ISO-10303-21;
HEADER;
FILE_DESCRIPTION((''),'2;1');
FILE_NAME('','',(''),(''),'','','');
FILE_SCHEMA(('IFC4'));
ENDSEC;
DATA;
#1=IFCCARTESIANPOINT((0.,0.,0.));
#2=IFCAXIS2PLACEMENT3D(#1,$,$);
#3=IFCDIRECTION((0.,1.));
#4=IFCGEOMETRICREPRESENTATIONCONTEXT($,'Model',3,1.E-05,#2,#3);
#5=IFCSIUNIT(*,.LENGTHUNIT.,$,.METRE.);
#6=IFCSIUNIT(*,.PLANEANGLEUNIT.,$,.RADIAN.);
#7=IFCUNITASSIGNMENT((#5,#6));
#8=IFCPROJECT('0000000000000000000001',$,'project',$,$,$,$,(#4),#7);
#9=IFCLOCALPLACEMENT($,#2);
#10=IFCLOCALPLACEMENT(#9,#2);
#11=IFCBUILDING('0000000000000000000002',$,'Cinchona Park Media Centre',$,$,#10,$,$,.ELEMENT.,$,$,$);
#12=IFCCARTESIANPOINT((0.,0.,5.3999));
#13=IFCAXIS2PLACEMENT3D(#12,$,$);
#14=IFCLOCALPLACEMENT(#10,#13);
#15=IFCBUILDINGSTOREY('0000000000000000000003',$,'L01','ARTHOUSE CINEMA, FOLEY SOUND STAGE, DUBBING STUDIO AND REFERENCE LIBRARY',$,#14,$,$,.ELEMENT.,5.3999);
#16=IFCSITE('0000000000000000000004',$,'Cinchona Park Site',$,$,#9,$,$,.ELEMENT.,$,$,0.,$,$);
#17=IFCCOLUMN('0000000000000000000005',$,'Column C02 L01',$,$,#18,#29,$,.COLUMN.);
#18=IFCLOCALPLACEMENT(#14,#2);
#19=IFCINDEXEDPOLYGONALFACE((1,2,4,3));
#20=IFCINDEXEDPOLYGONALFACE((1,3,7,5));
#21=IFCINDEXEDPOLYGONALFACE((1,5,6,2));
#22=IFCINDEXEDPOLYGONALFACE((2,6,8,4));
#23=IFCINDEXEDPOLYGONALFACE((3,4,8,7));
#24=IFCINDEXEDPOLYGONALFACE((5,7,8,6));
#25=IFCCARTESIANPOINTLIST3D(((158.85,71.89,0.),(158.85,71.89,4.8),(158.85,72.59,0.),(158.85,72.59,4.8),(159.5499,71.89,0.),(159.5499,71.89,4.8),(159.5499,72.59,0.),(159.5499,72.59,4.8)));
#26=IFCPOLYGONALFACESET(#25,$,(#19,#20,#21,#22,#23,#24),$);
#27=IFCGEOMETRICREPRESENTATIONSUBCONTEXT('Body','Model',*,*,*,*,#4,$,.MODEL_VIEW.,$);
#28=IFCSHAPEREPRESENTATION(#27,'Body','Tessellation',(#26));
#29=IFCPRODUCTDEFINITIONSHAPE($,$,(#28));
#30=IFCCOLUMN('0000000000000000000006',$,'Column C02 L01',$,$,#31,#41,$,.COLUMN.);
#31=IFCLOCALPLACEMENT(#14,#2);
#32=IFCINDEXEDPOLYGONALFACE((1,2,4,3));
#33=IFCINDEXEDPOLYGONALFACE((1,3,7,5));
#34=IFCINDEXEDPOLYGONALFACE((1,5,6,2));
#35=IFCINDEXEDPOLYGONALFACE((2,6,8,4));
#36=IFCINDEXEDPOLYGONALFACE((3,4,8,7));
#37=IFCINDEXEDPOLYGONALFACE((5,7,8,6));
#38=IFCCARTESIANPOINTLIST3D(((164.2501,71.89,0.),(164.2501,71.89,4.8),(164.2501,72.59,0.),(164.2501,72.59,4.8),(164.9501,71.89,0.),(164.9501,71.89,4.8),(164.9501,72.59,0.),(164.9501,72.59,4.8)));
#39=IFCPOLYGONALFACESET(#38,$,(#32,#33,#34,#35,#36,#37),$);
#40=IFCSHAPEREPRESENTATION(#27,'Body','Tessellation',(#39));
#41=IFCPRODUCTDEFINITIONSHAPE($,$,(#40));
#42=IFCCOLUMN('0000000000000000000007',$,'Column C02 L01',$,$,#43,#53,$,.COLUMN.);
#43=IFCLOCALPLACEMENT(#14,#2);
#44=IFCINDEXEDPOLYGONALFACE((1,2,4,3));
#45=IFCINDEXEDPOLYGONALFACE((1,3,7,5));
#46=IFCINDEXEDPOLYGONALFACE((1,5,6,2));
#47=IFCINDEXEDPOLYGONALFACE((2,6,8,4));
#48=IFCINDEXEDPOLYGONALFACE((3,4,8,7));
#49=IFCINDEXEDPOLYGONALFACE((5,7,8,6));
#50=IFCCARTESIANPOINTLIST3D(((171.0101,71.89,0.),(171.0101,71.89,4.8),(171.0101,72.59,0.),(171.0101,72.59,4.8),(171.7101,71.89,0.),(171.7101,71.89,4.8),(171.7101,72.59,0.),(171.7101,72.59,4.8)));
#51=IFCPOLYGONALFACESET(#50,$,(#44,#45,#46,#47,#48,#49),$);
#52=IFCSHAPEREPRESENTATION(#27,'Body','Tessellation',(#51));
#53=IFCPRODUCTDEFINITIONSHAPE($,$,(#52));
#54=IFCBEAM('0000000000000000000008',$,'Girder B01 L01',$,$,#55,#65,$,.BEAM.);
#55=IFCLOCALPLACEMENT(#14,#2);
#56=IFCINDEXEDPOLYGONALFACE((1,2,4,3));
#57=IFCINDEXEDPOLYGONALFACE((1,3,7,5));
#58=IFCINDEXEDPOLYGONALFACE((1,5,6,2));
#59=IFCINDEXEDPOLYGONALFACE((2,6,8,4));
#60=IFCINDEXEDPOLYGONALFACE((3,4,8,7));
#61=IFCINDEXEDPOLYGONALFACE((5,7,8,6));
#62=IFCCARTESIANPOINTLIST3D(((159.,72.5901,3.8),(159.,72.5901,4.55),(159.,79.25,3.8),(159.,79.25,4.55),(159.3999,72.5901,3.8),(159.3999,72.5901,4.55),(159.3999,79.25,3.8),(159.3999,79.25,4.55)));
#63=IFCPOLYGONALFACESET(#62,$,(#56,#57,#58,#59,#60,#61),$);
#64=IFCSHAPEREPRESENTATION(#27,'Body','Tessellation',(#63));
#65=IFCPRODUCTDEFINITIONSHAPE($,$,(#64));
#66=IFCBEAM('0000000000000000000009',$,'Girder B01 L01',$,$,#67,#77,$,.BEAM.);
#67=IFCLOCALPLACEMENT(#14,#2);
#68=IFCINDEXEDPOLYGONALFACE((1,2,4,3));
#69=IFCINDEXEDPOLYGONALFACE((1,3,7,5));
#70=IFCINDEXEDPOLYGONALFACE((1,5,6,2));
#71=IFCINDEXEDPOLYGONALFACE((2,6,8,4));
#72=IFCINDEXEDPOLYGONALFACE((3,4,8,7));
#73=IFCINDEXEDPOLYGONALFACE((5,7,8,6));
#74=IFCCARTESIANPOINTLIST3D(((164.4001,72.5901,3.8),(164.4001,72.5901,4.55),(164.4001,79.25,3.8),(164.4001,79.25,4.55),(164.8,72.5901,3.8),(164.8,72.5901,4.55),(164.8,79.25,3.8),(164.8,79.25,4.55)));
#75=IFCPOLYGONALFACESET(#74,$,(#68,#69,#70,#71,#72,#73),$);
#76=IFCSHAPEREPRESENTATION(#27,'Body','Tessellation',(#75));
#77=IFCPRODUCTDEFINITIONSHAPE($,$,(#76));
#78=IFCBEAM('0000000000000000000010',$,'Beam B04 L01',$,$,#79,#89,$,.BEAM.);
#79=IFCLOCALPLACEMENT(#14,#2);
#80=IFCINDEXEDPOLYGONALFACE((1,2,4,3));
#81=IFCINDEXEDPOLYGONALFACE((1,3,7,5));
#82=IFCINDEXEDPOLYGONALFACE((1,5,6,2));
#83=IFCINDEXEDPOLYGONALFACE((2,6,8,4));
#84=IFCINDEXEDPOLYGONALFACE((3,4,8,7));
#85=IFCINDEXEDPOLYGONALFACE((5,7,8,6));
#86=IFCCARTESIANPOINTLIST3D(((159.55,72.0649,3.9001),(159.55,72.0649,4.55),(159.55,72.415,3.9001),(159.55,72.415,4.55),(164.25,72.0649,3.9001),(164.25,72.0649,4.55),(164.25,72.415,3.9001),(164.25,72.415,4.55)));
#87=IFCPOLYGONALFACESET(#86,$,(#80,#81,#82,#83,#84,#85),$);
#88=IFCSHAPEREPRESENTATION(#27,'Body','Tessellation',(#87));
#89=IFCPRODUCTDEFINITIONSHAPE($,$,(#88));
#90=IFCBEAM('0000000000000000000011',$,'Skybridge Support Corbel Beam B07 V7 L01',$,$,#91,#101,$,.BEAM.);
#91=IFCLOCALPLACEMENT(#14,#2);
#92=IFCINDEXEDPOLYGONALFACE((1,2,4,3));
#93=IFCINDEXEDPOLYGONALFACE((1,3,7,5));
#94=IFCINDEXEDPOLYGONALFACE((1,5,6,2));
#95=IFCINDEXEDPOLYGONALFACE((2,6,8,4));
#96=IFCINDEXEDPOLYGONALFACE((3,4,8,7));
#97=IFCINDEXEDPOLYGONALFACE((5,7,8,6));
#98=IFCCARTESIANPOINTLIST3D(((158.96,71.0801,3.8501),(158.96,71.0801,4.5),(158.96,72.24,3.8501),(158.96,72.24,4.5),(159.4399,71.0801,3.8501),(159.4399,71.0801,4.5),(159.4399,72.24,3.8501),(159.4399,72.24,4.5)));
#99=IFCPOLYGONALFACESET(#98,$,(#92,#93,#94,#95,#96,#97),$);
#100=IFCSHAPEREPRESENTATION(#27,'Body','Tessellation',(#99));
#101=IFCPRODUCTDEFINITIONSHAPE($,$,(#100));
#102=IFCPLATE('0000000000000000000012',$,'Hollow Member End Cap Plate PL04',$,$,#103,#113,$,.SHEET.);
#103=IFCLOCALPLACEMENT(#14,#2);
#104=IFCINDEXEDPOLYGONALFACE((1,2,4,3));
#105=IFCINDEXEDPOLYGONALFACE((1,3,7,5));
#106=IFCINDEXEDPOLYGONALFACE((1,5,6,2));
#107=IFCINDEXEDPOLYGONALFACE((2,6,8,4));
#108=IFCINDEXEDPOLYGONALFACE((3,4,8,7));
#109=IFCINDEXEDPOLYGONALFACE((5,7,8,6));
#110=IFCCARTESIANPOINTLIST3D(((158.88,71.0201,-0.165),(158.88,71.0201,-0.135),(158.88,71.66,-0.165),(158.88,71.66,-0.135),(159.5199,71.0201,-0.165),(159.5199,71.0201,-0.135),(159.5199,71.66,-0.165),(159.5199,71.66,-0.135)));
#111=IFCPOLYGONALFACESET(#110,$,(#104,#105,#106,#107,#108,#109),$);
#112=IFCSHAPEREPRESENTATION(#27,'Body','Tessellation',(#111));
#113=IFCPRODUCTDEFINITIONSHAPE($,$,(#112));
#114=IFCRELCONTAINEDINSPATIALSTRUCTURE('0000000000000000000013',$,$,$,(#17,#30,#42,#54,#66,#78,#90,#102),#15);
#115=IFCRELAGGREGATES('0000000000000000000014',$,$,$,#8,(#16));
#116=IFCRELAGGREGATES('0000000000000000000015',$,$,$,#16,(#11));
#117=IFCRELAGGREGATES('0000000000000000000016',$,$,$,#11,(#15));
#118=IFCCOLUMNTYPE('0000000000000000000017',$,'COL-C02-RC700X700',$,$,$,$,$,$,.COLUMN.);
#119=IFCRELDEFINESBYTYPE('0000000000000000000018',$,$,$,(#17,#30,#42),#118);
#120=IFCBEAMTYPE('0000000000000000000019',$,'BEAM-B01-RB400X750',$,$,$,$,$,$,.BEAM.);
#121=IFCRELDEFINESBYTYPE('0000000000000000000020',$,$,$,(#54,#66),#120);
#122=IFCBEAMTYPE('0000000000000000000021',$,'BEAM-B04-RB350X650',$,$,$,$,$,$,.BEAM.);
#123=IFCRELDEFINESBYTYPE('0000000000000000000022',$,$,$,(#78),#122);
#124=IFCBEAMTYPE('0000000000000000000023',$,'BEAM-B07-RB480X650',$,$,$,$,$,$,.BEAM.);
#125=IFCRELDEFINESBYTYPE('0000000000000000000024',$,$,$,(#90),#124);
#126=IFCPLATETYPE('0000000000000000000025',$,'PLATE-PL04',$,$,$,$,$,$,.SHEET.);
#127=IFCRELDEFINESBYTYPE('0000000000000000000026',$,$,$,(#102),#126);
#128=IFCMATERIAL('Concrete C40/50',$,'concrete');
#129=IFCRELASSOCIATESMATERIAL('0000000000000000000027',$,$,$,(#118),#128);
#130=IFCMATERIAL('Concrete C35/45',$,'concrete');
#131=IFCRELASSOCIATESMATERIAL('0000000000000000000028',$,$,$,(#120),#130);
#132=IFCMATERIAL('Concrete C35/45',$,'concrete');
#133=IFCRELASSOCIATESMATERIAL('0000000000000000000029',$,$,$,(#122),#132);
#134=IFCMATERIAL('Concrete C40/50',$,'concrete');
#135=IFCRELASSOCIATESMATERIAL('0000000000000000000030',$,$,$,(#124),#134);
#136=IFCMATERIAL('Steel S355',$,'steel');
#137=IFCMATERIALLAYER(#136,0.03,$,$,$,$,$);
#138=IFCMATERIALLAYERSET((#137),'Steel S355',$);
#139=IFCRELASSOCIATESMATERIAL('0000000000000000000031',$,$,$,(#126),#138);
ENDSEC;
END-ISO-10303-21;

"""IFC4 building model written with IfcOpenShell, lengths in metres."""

from ifc_helpers import new_model, si_unit, direction, frame, origin, origin_2d, place, context, subcontext, project, spatial, rectangle, extrude, material, layer, layer_set, material_profile, profile_set, type_object, element, save


model = new_model("IFC4")

# Units and contexts
model_context = context("Model", 3, precision=1e-05, world=origin(), true_north=direction((0.0, 1.0)))
body_context = subcontext(model_context, "Body", "Model", "MODEL_VIEW")
ifc_project = project(units=[si_unit("LENGTHUNIT", "METRE"), si_unit("PLANEANGLEUNIT", "RADIAN")], contexts=[model_context])

# Site, building, storey
site_placement = place(None, origin())
site = spatial("IfcSite", under=ifc_project, at=site_placement, Name="Cinchona Park Site", CompositionType="ELEMENT", RefElevation=0.0)
building_placement = place(site_placement, origin())
building = spatial("IfcBuilding", under=site, at=building_placement, Name="Cinchona Park Media Centre", CompositionType="ELEMENT")
storey_placement = place(building_placement, frame((0.0, 0.0, 5.3999)))
storey = spatial("IfcBuildingStorey", under=building, at=storey_placement, Name="L01", Description="ARTHOUSE CINEMA, FOLEY SOUND STAGE, DUBBING STUDIO AND REFERENCE LIBRARY", CompositionType="ELEMENT", Elevation=5.3999)

# Columns
ifc_material_1 = material(Name="Concrete C40/50", Category="concrete")
ifc_material_profile_1 = material_profile(ifc_material_1, rectangle(XDim=0.7, YDim=0.7, at=origin_2d()), Name="RC 700X700")
ifc_profile_set_1 = profile_set([ifc_material_profile_1], Name="Concrete C40/50")
column_type = type_object("IfcColumnType", Name="COL-C02-RC700X700", PredefinedType="COLUMN", material=ifc_profile_set_1)
for number, where, z_axis, x_axis, name in (
    (1, (159.2, 72.24, 0.0), (0.0, 0.0, 1.0), (1.0, 0.0, 0.0), "Column C02 L01"),
    (2, (164.6001, 72.24, 0.0), (0.0, 0.0, 1.0), (1.0, 0.0, 0.0), "Column C02 L01"),
    (3, (171.3601, 72.24, 0.0), (0.0, 0.0, 1.0), (1.0, 0.0, 0.0), "Column C02 L01"),
):
    element("IfcColumn", number, at=place(storey_placement, frame(where, z_axis=z_axis, x_axis=x_axis)), inside=storey, type_object=column_type, Name=name, PredefinedType="COLUMN", context=body_context, shape_type="SweptSolid", body=[
        extrude(rectangle(XDim=0.7, YDim=0.7, at=origin_2d()), origin(), (0.0, 0.0, 1.0), 4.8),
    ])

# Beams
ifc_material_2 = material(Name="Concrete C35/45", Category="concrete")
ifc_material_profile_2 = material_profile(ifc_material_2, rectangle(XDim=0.3999, YDim=0.75, at=origin_2d()), Name="RB 400X750")
ifc_profile_set_2 = profile_set([ifc_material_profile_2], Name="Concrete C35/45")
beam_type_1 = type_object("IfcBeamType", Name="BEAM-B01-RB400X750", PredefinedType="BEAM", material=ifc_profile_set_2)
for number, where, z_axis, x_axis, name in (
    (4, (159.2, 72.5901, 4.175), (0.0, 1.0, 0.0), (-1.0, 0.0, 0.0), "Girder B01 L01"),
    (5, (164.6001, 72.5901, 4.175), (0.0, 1.0, 0.0), (-1.0, 0.0, 0.0), "Girder B01 L01"),
):
    element("IfcBeam", number, at=place(storey_placement, frame(where, z_axis=z_axis, x_axis=x_axis)), inside=storey, type_object=beam_type_1, Name=name, PredefinedType="BEAM", context=body_context, shape_type="SweptSolid", body=[
        extrude(rectangle(XDim=0.3999, YDim=0.75, at=origin_2d()), origin(), (0.0, 0.0, 1.0), 6.6599),
    ])
ifc_material_3 = material(Name="Concrete C35/45", Category="concrete")
ifc_material_profile_3 = material_profile(ifc_material_3, rectangle(XDim=0.3501, YDim=0.6499, at=origin_2d()), Name="RB 350X650")
ifc_profile_set_3 = profile_set([ifc_material_profile_3], Name="Concrete C35/45")
beam_type_2 = type_object("IfcBeamType", Name="BEAM-B04-RB350X650", PredefinedType="BEAM", material=ifc_profile_set_3)
beam_1_placement = place(storey_placement, frame((159.55, 72.24, 4.2251), z_axis=(1.0, 0.0, 0.0), x_axis=(0.0, 1.0, 0.0)))
element("IfcBeam", 6, at=beam_1_placement, inside=storey, type_object=beam_type_2, Name="Beam B04 L01", PredefinedType="BEAM", context=body_context, shape_type="SweptSolid", body=[
    extrude(rectangle(XDim=0.3501, YDim=0.6499, at=origin_2d()), origin(), (0.0, 0.0, 1.0), 4.7),
])
ifc_material_4 = material(Name="Concrete C40/50", Category="concrete")
ifc_material_profile_4 = material_profile(ifc_material_4, rectangle(XDim=0.48, YDim=0.6499, at=origin_2d()), Name="RB 480X650")
ifc_profile_set_4 = profile_set([ifc_material_profile_4], Name="Concrete C40/50")
beam_type_3 = type_object("IfcBeamType", Name="BEAM-B07-RB480X650", PredefinedType="BEAM", material=ifc_profile_set_4)
beam_2_placement = place(storey_placement, frame((159.2, 72.24, 4.175), z_axis=(0.0, -1.0, 0.0), x_axis=(1.0, 0.0, 0.0)))
element("IfcBeam", 7, at=beam_2_placement, inside=storey, type_object=beam_type_3, Name="Skybridge Support Corbel Beam B07 V7 L01", PredefinedType="BEAM", context=body_context, shape_type="SweptSolid", body=[
    extrude(rectangle(XDim=0.48, YDim=0.6499, at=origin_2d()), origin(), (0.0, 0.0, 1.0), 1.1599),
])

# Plate
ifc_material_5 = material(Name="Steel S355", Category="steel")
ifc_layer_1 = layer(ifc_material_5, 0.03)
ifc_layer_set_1 = layer_set([ifc_layer_1], Name="Steel S355")
plate_type = type_object("IfcPlateType", Name="PLATE-PL04", PredefinedType="SHEET", material=ifc_layer_set_1)
plate_placement = place(storey_placement, frame((159.2, 71.3401, -0.165), z_axis=(0.0, 0.0, 1.0), x_axis=(1.0, 0.0, 0.0)))
element("IfcPlate", 8, at=plate_placement, inside=storey, type_object=plate_type, Name="Hollow Member End Cap Plate PL04", PredefinedType="SHEET", context=body_context, shape_type="SweptSolid", body=[
    extrude(rectangle(XDim=0.6399, YDim=0.6399, at=origin_2d()), origin(), (0.0, 0.0, 1.0), 0.03),
])

save(model, "model.ifc")
